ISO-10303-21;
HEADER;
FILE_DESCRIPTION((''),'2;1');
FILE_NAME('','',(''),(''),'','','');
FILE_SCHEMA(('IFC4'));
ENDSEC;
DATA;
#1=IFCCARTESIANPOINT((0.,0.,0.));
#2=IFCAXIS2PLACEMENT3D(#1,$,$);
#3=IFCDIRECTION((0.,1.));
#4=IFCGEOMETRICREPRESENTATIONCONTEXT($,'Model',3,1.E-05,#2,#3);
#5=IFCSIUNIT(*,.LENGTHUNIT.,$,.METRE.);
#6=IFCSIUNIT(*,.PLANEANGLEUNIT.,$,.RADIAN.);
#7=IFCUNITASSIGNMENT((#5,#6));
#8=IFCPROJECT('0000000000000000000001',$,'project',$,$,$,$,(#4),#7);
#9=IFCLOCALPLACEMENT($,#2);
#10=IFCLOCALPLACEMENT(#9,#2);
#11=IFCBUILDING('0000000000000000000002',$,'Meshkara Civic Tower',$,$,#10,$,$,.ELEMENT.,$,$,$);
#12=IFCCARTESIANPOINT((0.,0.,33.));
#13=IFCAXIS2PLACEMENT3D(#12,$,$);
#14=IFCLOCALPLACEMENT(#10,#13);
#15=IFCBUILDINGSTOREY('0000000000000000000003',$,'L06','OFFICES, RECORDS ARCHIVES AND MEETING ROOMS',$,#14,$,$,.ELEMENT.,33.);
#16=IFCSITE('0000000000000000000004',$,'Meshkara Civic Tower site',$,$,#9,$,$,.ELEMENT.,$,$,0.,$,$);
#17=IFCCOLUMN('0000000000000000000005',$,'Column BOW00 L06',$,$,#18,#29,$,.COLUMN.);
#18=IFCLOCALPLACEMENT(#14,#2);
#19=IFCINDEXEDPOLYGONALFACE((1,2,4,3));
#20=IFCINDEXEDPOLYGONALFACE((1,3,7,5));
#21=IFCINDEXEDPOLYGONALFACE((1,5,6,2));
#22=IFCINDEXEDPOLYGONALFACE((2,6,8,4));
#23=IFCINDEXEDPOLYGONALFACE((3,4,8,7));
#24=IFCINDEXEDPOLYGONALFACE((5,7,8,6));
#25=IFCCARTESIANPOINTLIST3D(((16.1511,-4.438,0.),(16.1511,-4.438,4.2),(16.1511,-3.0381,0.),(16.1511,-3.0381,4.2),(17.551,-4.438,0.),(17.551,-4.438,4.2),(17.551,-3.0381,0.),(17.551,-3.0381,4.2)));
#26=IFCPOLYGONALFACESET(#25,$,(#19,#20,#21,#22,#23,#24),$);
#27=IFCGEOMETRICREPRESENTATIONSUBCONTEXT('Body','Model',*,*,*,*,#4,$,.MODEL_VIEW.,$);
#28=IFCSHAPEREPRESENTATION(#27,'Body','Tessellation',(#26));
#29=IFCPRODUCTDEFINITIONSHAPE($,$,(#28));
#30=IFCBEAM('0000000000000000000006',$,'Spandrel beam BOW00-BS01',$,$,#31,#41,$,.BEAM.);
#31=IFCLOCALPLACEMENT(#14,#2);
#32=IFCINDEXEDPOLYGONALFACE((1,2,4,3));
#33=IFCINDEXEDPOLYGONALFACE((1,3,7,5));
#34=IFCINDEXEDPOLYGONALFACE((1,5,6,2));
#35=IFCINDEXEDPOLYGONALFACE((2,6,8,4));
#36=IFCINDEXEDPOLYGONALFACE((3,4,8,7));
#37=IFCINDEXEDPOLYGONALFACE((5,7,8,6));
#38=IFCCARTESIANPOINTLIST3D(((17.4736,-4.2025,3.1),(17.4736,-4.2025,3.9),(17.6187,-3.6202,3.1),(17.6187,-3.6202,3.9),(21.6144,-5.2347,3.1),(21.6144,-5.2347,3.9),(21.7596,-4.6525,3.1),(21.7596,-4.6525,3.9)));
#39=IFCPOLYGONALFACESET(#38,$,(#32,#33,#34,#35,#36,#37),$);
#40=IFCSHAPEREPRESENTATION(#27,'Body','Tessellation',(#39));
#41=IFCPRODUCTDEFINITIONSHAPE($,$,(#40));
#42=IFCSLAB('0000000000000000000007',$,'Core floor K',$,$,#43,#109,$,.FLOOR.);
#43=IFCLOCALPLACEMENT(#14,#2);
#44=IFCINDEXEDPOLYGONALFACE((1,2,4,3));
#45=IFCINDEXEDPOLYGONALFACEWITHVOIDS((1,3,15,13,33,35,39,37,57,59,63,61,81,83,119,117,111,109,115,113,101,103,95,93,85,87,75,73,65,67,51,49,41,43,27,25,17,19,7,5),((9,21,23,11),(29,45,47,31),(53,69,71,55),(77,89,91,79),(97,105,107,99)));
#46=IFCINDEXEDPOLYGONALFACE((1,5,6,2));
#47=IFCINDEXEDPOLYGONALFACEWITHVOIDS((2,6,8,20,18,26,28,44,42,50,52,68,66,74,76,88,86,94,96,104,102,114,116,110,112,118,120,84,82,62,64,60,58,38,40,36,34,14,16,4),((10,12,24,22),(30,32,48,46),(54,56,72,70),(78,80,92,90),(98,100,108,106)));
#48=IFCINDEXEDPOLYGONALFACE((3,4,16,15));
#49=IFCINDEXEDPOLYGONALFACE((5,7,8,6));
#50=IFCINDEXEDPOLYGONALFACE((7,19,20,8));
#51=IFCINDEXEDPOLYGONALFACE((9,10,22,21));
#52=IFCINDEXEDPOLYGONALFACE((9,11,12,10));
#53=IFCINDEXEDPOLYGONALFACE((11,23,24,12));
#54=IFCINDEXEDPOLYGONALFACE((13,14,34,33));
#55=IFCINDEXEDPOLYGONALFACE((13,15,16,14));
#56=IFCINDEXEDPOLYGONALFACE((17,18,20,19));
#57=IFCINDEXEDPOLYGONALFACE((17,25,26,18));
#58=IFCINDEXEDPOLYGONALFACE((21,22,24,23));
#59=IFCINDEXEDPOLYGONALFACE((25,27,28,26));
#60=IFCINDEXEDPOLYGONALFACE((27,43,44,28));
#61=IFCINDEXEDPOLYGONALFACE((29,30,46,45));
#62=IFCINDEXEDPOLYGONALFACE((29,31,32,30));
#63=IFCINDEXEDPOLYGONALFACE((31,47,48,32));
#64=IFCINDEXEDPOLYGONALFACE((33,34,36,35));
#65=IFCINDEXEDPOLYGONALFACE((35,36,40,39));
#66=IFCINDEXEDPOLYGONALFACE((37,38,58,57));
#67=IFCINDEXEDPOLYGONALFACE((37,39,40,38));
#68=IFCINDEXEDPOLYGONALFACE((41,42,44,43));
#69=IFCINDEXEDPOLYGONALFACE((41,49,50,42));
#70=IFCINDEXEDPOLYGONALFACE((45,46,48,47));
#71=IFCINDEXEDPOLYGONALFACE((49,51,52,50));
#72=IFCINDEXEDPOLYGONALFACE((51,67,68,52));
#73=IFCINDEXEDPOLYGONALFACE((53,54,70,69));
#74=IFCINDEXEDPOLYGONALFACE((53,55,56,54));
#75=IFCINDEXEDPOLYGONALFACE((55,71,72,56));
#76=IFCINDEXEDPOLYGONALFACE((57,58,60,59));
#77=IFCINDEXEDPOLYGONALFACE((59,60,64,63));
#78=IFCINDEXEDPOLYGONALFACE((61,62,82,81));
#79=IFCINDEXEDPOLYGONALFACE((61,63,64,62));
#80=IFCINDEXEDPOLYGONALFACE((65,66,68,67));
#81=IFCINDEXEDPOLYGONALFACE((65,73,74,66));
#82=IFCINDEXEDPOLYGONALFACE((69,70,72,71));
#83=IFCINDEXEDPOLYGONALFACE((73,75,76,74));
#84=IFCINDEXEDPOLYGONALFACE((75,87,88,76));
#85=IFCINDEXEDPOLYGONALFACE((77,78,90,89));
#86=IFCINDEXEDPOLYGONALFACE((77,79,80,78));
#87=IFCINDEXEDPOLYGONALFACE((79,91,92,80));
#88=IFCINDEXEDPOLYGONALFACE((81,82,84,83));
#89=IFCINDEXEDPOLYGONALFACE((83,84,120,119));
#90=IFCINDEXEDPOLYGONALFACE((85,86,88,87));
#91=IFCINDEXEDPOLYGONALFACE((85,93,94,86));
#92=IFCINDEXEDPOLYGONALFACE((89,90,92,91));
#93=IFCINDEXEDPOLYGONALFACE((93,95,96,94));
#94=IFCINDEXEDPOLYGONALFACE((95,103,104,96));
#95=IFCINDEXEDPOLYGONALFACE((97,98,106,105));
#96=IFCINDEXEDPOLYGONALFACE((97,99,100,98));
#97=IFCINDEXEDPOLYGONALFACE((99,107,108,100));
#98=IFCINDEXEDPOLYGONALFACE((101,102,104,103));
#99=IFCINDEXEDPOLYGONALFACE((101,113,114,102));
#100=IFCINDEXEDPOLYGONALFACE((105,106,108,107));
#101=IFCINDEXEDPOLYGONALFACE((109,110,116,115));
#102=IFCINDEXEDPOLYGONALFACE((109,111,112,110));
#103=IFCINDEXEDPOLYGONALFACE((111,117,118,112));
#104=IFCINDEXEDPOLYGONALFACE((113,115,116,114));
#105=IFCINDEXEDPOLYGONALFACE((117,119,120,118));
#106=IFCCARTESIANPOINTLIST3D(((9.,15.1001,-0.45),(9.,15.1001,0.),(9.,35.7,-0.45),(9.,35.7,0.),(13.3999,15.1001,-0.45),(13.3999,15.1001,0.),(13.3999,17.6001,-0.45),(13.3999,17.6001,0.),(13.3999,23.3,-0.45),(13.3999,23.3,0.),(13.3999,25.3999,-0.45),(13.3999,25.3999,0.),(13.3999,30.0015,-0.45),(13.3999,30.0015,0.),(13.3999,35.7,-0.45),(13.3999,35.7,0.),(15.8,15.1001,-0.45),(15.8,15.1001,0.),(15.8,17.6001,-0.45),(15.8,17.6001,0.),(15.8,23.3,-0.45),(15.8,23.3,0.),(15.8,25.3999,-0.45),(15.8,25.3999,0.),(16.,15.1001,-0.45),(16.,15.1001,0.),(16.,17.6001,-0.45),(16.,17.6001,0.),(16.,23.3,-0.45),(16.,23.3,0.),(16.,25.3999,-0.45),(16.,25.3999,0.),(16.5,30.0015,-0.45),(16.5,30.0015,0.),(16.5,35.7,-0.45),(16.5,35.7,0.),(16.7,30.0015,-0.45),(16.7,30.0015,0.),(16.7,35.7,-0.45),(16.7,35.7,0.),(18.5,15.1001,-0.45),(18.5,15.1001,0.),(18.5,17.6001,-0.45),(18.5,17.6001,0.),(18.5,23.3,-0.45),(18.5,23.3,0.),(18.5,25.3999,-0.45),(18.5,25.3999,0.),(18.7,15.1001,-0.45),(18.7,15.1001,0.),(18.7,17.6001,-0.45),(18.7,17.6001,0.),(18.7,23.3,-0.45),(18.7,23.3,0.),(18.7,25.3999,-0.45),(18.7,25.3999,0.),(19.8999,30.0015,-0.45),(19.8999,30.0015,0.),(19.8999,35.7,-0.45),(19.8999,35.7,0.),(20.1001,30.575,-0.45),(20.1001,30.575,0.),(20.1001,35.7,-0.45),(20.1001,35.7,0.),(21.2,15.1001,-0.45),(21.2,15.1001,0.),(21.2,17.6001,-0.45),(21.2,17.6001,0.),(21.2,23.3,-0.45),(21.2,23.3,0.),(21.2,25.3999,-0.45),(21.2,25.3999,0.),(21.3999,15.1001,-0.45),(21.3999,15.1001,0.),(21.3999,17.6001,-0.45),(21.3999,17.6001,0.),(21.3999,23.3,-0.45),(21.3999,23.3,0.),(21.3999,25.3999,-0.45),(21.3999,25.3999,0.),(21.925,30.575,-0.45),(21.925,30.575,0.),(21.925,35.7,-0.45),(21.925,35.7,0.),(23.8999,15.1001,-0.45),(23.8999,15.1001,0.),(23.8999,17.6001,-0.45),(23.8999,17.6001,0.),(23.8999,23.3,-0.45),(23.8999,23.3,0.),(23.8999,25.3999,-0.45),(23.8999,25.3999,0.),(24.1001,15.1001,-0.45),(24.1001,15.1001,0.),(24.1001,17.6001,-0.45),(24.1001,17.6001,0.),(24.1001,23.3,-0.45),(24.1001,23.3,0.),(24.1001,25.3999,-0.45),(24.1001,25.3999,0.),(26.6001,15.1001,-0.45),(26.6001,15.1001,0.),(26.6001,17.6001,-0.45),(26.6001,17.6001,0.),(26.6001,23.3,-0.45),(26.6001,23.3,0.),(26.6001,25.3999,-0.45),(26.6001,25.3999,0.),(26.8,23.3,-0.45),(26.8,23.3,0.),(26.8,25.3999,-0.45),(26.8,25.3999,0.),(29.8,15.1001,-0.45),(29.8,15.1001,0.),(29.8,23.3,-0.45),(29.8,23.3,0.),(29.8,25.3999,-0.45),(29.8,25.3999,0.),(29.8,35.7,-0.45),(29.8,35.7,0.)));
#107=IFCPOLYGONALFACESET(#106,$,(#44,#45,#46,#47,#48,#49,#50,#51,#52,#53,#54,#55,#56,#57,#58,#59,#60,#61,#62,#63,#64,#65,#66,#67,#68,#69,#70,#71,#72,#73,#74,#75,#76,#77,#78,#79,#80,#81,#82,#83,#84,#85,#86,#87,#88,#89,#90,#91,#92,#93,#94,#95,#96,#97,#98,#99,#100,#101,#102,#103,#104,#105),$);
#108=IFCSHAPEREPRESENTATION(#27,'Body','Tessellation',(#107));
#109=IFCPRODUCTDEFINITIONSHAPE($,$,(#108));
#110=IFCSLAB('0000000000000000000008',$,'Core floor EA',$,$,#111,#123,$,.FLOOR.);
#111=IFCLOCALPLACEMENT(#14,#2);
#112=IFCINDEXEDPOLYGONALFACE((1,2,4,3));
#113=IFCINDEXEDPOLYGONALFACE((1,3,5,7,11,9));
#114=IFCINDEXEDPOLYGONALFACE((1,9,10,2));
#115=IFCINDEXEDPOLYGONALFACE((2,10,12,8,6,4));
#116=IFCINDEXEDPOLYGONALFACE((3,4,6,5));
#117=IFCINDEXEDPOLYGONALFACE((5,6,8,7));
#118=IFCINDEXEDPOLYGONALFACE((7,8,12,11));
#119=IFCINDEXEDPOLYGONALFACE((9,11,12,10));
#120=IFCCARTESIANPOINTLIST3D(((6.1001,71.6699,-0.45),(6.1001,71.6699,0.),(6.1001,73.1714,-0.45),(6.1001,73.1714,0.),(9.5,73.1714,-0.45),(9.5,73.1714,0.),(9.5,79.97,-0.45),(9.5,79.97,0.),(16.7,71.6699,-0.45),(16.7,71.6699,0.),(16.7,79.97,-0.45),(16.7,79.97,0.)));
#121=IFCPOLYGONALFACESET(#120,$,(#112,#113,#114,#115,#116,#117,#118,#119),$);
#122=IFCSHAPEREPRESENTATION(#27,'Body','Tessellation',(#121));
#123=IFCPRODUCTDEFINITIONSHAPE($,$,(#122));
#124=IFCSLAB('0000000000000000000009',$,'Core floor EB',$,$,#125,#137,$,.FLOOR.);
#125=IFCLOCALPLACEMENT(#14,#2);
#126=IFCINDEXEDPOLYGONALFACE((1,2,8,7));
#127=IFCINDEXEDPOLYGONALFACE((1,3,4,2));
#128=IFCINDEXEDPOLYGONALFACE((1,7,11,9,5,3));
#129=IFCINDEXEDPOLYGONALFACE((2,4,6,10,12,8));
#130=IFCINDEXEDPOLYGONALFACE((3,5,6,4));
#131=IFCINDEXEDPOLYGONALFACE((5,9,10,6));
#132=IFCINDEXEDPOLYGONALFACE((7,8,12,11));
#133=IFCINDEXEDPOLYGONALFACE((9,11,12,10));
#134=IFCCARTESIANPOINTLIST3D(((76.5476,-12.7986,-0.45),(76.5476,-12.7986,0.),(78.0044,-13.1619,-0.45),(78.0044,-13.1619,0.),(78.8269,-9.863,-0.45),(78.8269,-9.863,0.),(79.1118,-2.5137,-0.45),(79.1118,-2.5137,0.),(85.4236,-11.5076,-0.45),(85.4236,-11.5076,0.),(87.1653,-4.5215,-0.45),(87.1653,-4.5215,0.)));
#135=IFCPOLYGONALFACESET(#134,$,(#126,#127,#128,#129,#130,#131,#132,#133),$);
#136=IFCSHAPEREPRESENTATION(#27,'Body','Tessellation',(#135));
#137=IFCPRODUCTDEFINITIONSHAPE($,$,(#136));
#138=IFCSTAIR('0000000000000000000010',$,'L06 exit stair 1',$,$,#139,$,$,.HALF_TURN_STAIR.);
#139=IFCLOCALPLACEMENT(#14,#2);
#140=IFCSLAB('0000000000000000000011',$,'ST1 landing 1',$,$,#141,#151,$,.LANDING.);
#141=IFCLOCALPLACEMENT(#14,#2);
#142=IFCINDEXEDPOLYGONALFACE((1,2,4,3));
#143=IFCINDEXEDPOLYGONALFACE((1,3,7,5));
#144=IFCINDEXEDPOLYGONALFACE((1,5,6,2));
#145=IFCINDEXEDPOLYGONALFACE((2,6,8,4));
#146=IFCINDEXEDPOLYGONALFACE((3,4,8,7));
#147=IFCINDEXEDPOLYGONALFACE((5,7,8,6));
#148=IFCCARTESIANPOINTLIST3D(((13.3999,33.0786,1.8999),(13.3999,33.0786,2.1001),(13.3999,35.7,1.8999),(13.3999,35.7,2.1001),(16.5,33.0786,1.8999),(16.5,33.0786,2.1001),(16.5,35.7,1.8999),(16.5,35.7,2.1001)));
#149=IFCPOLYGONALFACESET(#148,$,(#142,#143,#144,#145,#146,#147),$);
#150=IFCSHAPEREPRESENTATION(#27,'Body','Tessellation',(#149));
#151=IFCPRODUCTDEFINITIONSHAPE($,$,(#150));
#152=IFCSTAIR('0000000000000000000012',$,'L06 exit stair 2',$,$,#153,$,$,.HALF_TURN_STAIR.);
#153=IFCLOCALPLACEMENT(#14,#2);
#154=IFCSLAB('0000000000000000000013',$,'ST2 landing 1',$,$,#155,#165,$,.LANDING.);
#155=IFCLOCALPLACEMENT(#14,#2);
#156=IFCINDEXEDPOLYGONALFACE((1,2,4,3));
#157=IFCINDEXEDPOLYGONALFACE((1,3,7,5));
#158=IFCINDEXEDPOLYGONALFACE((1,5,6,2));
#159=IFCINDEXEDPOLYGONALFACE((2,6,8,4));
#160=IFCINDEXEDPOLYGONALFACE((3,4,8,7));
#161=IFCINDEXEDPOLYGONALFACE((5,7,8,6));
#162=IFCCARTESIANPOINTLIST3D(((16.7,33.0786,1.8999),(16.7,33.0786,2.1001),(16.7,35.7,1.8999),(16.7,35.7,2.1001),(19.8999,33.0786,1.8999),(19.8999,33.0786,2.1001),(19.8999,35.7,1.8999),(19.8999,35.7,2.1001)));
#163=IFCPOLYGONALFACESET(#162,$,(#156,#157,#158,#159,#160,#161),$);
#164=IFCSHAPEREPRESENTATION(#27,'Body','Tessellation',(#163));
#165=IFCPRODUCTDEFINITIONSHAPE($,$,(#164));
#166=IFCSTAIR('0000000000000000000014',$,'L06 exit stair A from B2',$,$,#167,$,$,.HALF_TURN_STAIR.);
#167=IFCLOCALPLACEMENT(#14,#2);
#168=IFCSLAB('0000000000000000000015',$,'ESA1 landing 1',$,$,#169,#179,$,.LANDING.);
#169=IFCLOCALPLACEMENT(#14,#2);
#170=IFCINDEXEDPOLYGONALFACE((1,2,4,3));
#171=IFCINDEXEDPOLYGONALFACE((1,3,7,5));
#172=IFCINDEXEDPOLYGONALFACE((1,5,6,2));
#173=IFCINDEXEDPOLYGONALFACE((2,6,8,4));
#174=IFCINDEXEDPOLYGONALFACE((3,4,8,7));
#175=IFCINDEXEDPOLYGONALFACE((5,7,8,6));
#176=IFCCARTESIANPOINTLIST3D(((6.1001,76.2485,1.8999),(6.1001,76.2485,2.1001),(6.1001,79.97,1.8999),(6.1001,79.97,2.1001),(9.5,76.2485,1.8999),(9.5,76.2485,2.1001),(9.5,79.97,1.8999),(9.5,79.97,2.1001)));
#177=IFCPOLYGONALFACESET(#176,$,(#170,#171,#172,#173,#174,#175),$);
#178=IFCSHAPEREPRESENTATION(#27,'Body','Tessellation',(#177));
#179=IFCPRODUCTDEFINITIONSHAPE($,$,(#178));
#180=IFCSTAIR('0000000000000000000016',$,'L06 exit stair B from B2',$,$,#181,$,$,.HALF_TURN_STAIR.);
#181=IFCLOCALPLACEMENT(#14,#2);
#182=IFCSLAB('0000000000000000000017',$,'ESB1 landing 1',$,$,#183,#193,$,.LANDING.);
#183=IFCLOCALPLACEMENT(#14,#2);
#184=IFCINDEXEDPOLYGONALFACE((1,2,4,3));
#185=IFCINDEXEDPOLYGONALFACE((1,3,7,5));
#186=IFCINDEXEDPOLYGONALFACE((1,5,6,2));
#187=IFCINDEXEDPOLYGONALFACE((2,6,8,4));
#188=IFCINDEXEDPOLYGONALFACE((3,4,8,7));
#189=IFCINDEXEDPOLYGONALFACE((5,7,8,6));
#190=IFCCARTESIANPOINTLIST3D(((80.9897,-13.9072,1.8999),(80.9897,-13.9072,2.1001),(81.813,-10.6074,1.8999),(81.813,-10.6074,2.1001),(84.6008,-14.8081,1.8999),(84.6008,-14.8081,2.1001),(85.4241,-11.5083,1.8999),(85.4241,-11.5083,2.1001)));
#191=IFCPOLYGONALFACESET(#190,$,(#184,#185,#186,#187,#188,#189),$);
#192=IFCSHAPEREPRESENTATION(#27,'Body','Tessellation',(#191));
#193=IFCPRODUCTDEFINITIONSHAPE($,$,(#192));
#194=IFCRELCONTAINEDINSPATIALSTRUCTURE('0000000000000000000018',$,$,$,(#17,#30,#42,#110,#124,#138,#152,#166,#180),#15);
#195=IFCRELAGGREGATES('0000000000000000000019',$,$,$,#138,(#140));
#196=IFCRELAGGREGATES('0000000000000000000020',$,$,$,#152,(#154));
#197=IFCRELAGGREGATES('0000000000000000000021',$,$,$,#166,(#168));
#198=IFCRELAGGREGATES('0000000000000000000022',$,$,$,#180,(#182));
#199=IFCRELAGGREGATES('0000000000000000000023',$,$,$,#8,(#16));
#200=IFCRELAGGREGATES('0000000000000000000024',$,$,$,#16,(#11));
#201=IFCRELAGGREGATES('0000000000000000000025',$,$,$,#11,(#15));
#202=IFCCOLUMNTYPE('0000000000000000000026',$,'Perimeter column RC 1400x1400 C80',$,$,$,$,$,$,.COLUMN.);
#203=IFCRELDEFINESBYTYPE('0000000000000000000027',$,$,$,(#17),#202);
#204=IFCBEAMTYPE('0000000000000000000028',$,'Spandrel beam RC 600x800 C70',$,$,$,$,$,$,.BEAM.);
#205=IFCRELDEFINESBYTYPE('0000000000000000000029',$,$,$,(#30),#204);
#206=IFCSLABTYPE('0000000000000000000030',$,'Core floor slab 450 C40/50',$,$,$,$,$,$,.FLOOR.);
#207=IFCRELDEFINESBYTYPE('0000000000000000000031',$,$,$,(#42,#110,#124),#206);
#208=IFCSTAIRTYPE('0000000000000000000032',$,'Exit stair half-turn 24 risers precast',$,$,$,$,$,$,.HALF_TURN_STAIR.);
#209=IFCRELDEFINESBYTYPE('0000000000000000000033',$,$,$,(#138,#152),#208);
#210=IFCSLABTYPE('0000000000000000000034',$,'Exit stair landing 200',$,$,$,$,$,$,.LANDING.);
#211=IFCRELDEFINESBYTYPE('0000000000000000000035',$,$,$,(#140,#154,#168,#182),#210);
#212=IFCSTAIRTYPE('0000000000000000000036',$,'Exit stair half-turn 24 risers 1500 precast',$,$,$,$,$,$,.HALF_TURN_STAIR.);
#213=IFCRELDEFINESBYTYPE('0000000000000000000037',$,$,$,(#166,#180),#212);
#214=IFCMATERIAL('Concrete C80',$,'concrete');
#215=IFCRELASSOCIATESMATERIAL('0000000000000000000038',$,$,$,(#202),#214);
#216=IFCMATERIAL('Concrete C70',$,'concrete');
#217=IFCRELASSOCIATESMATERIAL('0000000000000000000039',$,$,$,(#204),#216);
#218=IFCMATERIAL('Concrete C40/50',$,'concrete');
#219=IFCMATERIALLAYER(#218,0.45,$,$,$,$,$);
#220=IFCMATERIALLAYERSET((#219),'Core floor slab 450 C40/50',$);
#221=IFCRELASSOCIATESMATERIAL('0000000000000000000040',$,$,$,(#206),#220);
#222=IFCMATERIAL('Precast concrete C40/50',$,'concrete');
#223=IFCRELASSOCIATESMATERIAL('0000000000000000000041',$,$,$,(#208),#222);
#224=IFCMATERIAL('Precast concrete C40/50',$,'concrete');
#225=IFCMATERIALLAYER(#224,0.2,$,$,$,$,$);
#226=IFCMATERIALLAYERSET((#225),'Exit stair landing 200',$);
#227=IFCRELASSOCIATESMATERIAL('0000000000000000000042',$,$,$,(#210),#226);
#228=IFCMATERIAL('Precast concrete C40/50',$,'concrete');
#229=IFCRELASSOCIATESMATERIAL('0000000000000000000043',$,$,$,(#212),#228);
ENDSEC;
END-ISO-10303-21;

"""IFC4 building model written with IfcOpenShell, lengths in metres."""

from ifc_helpers import new_model, si_unit, direction, frame, origin, origin_2d, place, context, subcontext, project, spatial, polyline, rectangle, outline, extrude, material, layer, layer_set, material_profile, profile_set, type_object, element, aggregate, save


model = new_model("IFC4")

# Units and contexts
model_context = context("Model", 3, precision=1e-05, world=origin(), true_north=direction((0.0, 1.0)))
body_context = subcontext(model_context, "Body", "Model", "MODEL_VIEW")
ifc_project = project(units=[si_unit("LENGTHUNIT", "METRE"), si_unit("PLANEANGLEUNIT", "RADIAN")], contexts=[model_context])

# Site, building, storey
site_placement = place(None, origin())
site = spatial("IfcSite", under=ifc_project, at=site_placement, Name="Meshkara Civic Tower site", CompositionType="ELEMENT", RefElevation=0.0)
building_placement = place(site_placement, origin())
building = spatial("IfcBuilding", under=site, at=building_placement, Name="Meshkara Civic Tower", CompositionType="ELEMENT")
storey_placement = place(building_placement, frame((0.0, 0.0, 33.0)))
storey = spatial("IfcBuildingStorey", under=building, at=storey_placement, Name="L06", Description="OFFICES, RECORDS ARCHIVES AND MEETING ROOMS", CompositionType="ELEMENT", Elevation=33.0)

# Column
ifc_material_1 = material(Name="Concrete C80", Category="concrete")
ifc_material_profile_1 = material_profile(ifc_material_1, rectangle(XDim=1.3999, YDim=1.3999, at=origin_2d()))
ifc_profile_set_1 = profile_set([ifc_material_profile_1], Name="Concrete C80")
column_type = type_object("IfcColumnType", Name="Perimeter column RC 1400x1400 C80", PredefinedType="COLUMN", material=ifc_profile_set_1)
column_placement = place(storey_placement, frame((16.8511, -3.738, 0.0), z_axis=(0.0, 0.0, 1.0), x_axis=(1.0, 0.0, 0.0)))
element("IfcColumn", 1, at=column_placement, inside=storey, type_object=column_type, Name="Column BOW00 L06", PredefinedType="COLUMN", context=body_context, shape_type="SweptSolid", body=[
    extrude(rectangle(XDim=1.3999, YDim=1.3999, at=origin_2d()), origin(), (0.0, 0.0, 1.0), 4.2),
])

# Beam
ifc_material_2 = material(Name="Concrete C70", Category="concrete")
ifc_material_profile_2 = material_profile(ifc_material_2, rectangle(XDim=0.6001, YDim=0.8, at=origin_2d()))
ifc_profile_set_2 = profile_set([ifc_material_profile_2], Name="Concrete C70")
beam_type = type_object("IfcBeamType", Name="Spandrel beam RC 600x800 C70", PredefinedType="BEAM", material=ifc_profile_set_2)
beam_placement = place(storey_placement, frame((17.5461, -3.9114, 3.5), z_axis=(0.970307, -0.241876, 0.0), x_axis=(0.241876, 0.970307, 0.0)))
element("IfcBeam", 2, at=beam_placement, inside=storey, type_object=beam_type, Name="Spandrel beam BOW00-BS01", PredefinedType="BEAM", context=body_context, shape_type="SweptSolid", body=[
    extrude(rectangle(XDim=0.6001, YDim=0.8, at=origin_2d()), origin(), (0.0, 0.0, 1.0), 4.2676),
])

# Slabs
ifc_material_3 = material(Name="Concrete C40/50", Category="concrete")
ifc_layer_1 = layer(ifc_material_3, 0.45)
ifc_layer_set_1 = layer_set([ifc_layer_1], Name="Core floor slab 450 C40/50")
slab_type_1 = type_object("IfcSlabType", Name="Core floor slab 450 C40/50", PredefinedType="FLOOR", material=ifc_layer_set_1)
slab_1_placement = place(storey_placement, frame((0.0, 0.0, -0.45)))
element("IfcSlab", 3, at=slab_1_placement, inside=storey, type_object=slab_type_1, Name="Core floor K", PredefinedType="FLOOR", context=body_context, shape_type="SweptSolid", body=[
    extrude(outline(polyline([(9.0, 35.7), (13.3999, 35.7), (13.3999, 30.0015), (16.5, 30.0015), (16.5, 35.7), (16.7, 35.7), (16.7, 30.0015), (19.8999, 30.0015), (19.8999, 35.7), (20.1001, 35.7), (20.1001, 30.575), (21.925, 30.575), (21.925, 35.7), (29.8, 35.7), (29.8, 25.3999), (26.8, 25.3999), (26.8, 23.3), (29.8, 23.3), (29.8, 15.1001), (26.6001, 15.1001), (26.6001, 17.6001), (24.1001, 17.6001), (24.1001, 15.1001), (23.8999, 15.1001), (23.8999, 17.6001), (21.3999, 17.6001), (21.3999, 15.1001), (21.2, 15.1001), (21.2, 17.6001), (18.7, 17.6001), (18.7, 15.1001), (18.5, 15.1001), (18.5, 17.6001), (16.0, 17.6001), (16.0, 15.1001), (15.8, 15.1001), (15.8, 17.6001), (13.3999, 17.6001), (13.3999, 15.1001), (9.0, 15.1001), (9.0, 35.7)]), holes=[polyline([(13.3999, 25.3999), (13.3999, 23.3), (15.8, 23.3), (15.8, 25.3999), (13.3999, 25.3999)]), polyline([(18.5, 23.3), (18.5, 25.3999), (16.0, 25.3999), (16.0, 23.3), (18.5, 23.3)]), polyline([(18.7, 25.3999), (18.7, 23.3), (21.2, 23.3), (21.2, 25.3999), (18.7, 25.3999)]), polyline([(23.8999, 23.3), (23.8999, 25.3999), (21.3999, 25.3999), (21.3999, 23.3), (23.8999, 23.3)]), polyline([(26.6001, 23.3), (26.6001, 25.3999), (24.1001, 25.3999), (24.1001, 23.3), (26.6001, 23.3)])]), origin(), (0.0, 0.0, 1.0), 0.45),
])
slab_2_placement = place(storey_placement, frame((0.0, 0.0, -0.45)))
element("IfcSlab", 4, at=slab_2_placement, inside=storey, type_object=slab_type_1, Name="Core floor EA", PredefinedType="FLOOR", context=body_context, shape_type="SweptSolid", body=[
    extrude(outline(polyline([(16.7, 71.6699), (16.7, 79.97), (9.5, 79.97), (9.5, 73.1714), (6.1001, 73.1714), (6.1001, 71.6699), (16.7, 71.6699)])), origin(), (0.0, 0.0, 1.0), 0.45),
])
slab_3_placement = place(storey_placement, frame((0.0, 0.0, -0.45)))
element("IfcSlab", 5, at=slab_3_placement, inside=storey, type_object=slab_type_1, Name="Core floor EB", PredefinedType="FLOOR", context=body_context, shape_type="SweptSolid", body=[
    extrude(outline(polyline([(79.1118, -2.5137), (87.1653, -4.5215), (85.4236, -11.5076), (78.8269, -9.863), (78.0044, -13.1619), (76.5476, -12.7986), (79.1118, -2.5137)])), origin(), (0.0, 0.0, 1.0), 0.45),
])

# Stairs, slabs
ifc_material_4 = material(Name="Precast concrete C40/50", Category="concrete")
stair_type_1 = type_object("IfcStairType", Name="Exit stair half-turn 24 risers precast", PredefinedType="HALF_TURN_STAIR", material=ifc_material_4)
stair_1_placement = place(storey_placement, origin())
stair_1 = element("IfcStair", 6, at=stair_1_placement, inside=storey, type_object=stair_type_1, Name="L06 exit stair 1", PredefinedType="HALF_TURN_STAIR")
ifc_material_5 = material(Name="Precast concrete C40/50", Category="concrete")
ifc_layer_2 = layer(ifc_material_5, 0.2)
ifc_layer_set_2 = layer_set([ifc_layer_2], Name="Exit stair landing 200")
slab_type_2 = type_object("IfcSlabType", Name="Exit stair landing 200", PredefinedType="LANDING", material=ifc_layer_set_2)
slab_4_placement = place(storey_placement, frame((0.0, 0.0, 1.8999)))
slab_4 = element("IfcSlab", 7, at=slab_4_placement, type_object=slab_type_2, Name="ST1 landing 1", PredefinedType="LANDING", context=body_context, shape_type="SweptSolid", body=[
    extrude(outline(polyline([(16.5, 33.0786), (16.5, 35.7), (13.3999, 35.7), (13.3999, 33.0786), (16.5, 33.0786)])), origin(), (0.0, 0.0, 1.0), 0.2002),
])
aggregate(stair_1, [slab_4])
stair_2_placement = place(storey_placement, origin())
stair_2 = element("IfcStair", 8, at=stair_2_placement, inside=storey, type_object=stair_type_1, Name="L06 exit stair 2", PredefinedType="HALF_TURN_STAIR")
slab_5_placement = place(storey_placement, frame((0.0, 0.0, 1.8999)))
slab_5 = element("IfcSlab", 9, at=slab_5_placement, type_object=slab_type_2, Name="ST2 landing 1", PredefinedType="LANDING", context=body_context, shape_type="SweptSolid", body=[
    extrude(outline(polyline([(19.8999, 33.0786), (19.8999, 35.7), (16.7, 35.7), (16.7, 33.0786), (19.8999, 33.0786)])), origin(), (0.0, 0.0, 1.0), 0.2002),
])
aggregate(stair_2, [slab_5])
ifc_material_6 = material(Name="Precast concrete C40/50", Category="concrete")
stair_type_2 = type_object("IfcStairType", Name="Exit stair half-turn 24 risers 1500 precast", PredefinedType="HALF_TURN_STAIR", material=ifc_material_6)
stair_3_placement = place(storey_placement, origin())
stair_3 = element("IfcStair", 10, at=stair_3_placement, inside=storey, type_object=stair_type_2, Name="L06 exit stair A from B2", PredefinedType="HALF_TURN_STAIR")
slab_6_placement = place(storey_placement, frame((0.0, 0.0, 1.8999)))
slab_6 = element("IfcSlab", 11, at=slab_6_placement, type_object=slab_type_2, Name="ESA1 landing 1", PredefinedType="LANDING", context=body_context, shape_type="SweptSolid", body=[
    extrude(outline(polyline([(9.5, 76.2485), (9.5, 79.97), (6.1001, 79.97), (6.1001, 76.2485), (9.5, 76.2485)])), origin(), (0.0, 0.0, 1.0), 0.2002),
])
aggregate(stair_3, [slab_6])
stair_4_placement = place(storey_placement, origin())
stair_4 = element("IfcStair", 12, at=stair_4_placement, inside=storey, type_object=stair_type_2, Name="L06 exit stair B from B2", PredefinedType="HALF_TURN_STAIR")
slab_7_placement = place(storey_placement, frame((0.0, 0.0, 1.8999)))
slab_7 = element("IfcSlab", 13, at=slab_7_placement, type_object=slab_type_2, Name="ESB1 landing 1", PredefinedType="LANDING", context=body_context, shape_type="SweptSolid", body=[
    extrude(outline(polyline([(80.9897, -13.9072), (84.6008, -14.8081), (85.4241, -11.5083), (81.813, -10.6074), (80.9897, -13.9072)])), origin(), (0.0, 0.0, 1.0), 0.2002),
])
aggregate(stair_4, [slab_7])

save(model, "model.ifc")
